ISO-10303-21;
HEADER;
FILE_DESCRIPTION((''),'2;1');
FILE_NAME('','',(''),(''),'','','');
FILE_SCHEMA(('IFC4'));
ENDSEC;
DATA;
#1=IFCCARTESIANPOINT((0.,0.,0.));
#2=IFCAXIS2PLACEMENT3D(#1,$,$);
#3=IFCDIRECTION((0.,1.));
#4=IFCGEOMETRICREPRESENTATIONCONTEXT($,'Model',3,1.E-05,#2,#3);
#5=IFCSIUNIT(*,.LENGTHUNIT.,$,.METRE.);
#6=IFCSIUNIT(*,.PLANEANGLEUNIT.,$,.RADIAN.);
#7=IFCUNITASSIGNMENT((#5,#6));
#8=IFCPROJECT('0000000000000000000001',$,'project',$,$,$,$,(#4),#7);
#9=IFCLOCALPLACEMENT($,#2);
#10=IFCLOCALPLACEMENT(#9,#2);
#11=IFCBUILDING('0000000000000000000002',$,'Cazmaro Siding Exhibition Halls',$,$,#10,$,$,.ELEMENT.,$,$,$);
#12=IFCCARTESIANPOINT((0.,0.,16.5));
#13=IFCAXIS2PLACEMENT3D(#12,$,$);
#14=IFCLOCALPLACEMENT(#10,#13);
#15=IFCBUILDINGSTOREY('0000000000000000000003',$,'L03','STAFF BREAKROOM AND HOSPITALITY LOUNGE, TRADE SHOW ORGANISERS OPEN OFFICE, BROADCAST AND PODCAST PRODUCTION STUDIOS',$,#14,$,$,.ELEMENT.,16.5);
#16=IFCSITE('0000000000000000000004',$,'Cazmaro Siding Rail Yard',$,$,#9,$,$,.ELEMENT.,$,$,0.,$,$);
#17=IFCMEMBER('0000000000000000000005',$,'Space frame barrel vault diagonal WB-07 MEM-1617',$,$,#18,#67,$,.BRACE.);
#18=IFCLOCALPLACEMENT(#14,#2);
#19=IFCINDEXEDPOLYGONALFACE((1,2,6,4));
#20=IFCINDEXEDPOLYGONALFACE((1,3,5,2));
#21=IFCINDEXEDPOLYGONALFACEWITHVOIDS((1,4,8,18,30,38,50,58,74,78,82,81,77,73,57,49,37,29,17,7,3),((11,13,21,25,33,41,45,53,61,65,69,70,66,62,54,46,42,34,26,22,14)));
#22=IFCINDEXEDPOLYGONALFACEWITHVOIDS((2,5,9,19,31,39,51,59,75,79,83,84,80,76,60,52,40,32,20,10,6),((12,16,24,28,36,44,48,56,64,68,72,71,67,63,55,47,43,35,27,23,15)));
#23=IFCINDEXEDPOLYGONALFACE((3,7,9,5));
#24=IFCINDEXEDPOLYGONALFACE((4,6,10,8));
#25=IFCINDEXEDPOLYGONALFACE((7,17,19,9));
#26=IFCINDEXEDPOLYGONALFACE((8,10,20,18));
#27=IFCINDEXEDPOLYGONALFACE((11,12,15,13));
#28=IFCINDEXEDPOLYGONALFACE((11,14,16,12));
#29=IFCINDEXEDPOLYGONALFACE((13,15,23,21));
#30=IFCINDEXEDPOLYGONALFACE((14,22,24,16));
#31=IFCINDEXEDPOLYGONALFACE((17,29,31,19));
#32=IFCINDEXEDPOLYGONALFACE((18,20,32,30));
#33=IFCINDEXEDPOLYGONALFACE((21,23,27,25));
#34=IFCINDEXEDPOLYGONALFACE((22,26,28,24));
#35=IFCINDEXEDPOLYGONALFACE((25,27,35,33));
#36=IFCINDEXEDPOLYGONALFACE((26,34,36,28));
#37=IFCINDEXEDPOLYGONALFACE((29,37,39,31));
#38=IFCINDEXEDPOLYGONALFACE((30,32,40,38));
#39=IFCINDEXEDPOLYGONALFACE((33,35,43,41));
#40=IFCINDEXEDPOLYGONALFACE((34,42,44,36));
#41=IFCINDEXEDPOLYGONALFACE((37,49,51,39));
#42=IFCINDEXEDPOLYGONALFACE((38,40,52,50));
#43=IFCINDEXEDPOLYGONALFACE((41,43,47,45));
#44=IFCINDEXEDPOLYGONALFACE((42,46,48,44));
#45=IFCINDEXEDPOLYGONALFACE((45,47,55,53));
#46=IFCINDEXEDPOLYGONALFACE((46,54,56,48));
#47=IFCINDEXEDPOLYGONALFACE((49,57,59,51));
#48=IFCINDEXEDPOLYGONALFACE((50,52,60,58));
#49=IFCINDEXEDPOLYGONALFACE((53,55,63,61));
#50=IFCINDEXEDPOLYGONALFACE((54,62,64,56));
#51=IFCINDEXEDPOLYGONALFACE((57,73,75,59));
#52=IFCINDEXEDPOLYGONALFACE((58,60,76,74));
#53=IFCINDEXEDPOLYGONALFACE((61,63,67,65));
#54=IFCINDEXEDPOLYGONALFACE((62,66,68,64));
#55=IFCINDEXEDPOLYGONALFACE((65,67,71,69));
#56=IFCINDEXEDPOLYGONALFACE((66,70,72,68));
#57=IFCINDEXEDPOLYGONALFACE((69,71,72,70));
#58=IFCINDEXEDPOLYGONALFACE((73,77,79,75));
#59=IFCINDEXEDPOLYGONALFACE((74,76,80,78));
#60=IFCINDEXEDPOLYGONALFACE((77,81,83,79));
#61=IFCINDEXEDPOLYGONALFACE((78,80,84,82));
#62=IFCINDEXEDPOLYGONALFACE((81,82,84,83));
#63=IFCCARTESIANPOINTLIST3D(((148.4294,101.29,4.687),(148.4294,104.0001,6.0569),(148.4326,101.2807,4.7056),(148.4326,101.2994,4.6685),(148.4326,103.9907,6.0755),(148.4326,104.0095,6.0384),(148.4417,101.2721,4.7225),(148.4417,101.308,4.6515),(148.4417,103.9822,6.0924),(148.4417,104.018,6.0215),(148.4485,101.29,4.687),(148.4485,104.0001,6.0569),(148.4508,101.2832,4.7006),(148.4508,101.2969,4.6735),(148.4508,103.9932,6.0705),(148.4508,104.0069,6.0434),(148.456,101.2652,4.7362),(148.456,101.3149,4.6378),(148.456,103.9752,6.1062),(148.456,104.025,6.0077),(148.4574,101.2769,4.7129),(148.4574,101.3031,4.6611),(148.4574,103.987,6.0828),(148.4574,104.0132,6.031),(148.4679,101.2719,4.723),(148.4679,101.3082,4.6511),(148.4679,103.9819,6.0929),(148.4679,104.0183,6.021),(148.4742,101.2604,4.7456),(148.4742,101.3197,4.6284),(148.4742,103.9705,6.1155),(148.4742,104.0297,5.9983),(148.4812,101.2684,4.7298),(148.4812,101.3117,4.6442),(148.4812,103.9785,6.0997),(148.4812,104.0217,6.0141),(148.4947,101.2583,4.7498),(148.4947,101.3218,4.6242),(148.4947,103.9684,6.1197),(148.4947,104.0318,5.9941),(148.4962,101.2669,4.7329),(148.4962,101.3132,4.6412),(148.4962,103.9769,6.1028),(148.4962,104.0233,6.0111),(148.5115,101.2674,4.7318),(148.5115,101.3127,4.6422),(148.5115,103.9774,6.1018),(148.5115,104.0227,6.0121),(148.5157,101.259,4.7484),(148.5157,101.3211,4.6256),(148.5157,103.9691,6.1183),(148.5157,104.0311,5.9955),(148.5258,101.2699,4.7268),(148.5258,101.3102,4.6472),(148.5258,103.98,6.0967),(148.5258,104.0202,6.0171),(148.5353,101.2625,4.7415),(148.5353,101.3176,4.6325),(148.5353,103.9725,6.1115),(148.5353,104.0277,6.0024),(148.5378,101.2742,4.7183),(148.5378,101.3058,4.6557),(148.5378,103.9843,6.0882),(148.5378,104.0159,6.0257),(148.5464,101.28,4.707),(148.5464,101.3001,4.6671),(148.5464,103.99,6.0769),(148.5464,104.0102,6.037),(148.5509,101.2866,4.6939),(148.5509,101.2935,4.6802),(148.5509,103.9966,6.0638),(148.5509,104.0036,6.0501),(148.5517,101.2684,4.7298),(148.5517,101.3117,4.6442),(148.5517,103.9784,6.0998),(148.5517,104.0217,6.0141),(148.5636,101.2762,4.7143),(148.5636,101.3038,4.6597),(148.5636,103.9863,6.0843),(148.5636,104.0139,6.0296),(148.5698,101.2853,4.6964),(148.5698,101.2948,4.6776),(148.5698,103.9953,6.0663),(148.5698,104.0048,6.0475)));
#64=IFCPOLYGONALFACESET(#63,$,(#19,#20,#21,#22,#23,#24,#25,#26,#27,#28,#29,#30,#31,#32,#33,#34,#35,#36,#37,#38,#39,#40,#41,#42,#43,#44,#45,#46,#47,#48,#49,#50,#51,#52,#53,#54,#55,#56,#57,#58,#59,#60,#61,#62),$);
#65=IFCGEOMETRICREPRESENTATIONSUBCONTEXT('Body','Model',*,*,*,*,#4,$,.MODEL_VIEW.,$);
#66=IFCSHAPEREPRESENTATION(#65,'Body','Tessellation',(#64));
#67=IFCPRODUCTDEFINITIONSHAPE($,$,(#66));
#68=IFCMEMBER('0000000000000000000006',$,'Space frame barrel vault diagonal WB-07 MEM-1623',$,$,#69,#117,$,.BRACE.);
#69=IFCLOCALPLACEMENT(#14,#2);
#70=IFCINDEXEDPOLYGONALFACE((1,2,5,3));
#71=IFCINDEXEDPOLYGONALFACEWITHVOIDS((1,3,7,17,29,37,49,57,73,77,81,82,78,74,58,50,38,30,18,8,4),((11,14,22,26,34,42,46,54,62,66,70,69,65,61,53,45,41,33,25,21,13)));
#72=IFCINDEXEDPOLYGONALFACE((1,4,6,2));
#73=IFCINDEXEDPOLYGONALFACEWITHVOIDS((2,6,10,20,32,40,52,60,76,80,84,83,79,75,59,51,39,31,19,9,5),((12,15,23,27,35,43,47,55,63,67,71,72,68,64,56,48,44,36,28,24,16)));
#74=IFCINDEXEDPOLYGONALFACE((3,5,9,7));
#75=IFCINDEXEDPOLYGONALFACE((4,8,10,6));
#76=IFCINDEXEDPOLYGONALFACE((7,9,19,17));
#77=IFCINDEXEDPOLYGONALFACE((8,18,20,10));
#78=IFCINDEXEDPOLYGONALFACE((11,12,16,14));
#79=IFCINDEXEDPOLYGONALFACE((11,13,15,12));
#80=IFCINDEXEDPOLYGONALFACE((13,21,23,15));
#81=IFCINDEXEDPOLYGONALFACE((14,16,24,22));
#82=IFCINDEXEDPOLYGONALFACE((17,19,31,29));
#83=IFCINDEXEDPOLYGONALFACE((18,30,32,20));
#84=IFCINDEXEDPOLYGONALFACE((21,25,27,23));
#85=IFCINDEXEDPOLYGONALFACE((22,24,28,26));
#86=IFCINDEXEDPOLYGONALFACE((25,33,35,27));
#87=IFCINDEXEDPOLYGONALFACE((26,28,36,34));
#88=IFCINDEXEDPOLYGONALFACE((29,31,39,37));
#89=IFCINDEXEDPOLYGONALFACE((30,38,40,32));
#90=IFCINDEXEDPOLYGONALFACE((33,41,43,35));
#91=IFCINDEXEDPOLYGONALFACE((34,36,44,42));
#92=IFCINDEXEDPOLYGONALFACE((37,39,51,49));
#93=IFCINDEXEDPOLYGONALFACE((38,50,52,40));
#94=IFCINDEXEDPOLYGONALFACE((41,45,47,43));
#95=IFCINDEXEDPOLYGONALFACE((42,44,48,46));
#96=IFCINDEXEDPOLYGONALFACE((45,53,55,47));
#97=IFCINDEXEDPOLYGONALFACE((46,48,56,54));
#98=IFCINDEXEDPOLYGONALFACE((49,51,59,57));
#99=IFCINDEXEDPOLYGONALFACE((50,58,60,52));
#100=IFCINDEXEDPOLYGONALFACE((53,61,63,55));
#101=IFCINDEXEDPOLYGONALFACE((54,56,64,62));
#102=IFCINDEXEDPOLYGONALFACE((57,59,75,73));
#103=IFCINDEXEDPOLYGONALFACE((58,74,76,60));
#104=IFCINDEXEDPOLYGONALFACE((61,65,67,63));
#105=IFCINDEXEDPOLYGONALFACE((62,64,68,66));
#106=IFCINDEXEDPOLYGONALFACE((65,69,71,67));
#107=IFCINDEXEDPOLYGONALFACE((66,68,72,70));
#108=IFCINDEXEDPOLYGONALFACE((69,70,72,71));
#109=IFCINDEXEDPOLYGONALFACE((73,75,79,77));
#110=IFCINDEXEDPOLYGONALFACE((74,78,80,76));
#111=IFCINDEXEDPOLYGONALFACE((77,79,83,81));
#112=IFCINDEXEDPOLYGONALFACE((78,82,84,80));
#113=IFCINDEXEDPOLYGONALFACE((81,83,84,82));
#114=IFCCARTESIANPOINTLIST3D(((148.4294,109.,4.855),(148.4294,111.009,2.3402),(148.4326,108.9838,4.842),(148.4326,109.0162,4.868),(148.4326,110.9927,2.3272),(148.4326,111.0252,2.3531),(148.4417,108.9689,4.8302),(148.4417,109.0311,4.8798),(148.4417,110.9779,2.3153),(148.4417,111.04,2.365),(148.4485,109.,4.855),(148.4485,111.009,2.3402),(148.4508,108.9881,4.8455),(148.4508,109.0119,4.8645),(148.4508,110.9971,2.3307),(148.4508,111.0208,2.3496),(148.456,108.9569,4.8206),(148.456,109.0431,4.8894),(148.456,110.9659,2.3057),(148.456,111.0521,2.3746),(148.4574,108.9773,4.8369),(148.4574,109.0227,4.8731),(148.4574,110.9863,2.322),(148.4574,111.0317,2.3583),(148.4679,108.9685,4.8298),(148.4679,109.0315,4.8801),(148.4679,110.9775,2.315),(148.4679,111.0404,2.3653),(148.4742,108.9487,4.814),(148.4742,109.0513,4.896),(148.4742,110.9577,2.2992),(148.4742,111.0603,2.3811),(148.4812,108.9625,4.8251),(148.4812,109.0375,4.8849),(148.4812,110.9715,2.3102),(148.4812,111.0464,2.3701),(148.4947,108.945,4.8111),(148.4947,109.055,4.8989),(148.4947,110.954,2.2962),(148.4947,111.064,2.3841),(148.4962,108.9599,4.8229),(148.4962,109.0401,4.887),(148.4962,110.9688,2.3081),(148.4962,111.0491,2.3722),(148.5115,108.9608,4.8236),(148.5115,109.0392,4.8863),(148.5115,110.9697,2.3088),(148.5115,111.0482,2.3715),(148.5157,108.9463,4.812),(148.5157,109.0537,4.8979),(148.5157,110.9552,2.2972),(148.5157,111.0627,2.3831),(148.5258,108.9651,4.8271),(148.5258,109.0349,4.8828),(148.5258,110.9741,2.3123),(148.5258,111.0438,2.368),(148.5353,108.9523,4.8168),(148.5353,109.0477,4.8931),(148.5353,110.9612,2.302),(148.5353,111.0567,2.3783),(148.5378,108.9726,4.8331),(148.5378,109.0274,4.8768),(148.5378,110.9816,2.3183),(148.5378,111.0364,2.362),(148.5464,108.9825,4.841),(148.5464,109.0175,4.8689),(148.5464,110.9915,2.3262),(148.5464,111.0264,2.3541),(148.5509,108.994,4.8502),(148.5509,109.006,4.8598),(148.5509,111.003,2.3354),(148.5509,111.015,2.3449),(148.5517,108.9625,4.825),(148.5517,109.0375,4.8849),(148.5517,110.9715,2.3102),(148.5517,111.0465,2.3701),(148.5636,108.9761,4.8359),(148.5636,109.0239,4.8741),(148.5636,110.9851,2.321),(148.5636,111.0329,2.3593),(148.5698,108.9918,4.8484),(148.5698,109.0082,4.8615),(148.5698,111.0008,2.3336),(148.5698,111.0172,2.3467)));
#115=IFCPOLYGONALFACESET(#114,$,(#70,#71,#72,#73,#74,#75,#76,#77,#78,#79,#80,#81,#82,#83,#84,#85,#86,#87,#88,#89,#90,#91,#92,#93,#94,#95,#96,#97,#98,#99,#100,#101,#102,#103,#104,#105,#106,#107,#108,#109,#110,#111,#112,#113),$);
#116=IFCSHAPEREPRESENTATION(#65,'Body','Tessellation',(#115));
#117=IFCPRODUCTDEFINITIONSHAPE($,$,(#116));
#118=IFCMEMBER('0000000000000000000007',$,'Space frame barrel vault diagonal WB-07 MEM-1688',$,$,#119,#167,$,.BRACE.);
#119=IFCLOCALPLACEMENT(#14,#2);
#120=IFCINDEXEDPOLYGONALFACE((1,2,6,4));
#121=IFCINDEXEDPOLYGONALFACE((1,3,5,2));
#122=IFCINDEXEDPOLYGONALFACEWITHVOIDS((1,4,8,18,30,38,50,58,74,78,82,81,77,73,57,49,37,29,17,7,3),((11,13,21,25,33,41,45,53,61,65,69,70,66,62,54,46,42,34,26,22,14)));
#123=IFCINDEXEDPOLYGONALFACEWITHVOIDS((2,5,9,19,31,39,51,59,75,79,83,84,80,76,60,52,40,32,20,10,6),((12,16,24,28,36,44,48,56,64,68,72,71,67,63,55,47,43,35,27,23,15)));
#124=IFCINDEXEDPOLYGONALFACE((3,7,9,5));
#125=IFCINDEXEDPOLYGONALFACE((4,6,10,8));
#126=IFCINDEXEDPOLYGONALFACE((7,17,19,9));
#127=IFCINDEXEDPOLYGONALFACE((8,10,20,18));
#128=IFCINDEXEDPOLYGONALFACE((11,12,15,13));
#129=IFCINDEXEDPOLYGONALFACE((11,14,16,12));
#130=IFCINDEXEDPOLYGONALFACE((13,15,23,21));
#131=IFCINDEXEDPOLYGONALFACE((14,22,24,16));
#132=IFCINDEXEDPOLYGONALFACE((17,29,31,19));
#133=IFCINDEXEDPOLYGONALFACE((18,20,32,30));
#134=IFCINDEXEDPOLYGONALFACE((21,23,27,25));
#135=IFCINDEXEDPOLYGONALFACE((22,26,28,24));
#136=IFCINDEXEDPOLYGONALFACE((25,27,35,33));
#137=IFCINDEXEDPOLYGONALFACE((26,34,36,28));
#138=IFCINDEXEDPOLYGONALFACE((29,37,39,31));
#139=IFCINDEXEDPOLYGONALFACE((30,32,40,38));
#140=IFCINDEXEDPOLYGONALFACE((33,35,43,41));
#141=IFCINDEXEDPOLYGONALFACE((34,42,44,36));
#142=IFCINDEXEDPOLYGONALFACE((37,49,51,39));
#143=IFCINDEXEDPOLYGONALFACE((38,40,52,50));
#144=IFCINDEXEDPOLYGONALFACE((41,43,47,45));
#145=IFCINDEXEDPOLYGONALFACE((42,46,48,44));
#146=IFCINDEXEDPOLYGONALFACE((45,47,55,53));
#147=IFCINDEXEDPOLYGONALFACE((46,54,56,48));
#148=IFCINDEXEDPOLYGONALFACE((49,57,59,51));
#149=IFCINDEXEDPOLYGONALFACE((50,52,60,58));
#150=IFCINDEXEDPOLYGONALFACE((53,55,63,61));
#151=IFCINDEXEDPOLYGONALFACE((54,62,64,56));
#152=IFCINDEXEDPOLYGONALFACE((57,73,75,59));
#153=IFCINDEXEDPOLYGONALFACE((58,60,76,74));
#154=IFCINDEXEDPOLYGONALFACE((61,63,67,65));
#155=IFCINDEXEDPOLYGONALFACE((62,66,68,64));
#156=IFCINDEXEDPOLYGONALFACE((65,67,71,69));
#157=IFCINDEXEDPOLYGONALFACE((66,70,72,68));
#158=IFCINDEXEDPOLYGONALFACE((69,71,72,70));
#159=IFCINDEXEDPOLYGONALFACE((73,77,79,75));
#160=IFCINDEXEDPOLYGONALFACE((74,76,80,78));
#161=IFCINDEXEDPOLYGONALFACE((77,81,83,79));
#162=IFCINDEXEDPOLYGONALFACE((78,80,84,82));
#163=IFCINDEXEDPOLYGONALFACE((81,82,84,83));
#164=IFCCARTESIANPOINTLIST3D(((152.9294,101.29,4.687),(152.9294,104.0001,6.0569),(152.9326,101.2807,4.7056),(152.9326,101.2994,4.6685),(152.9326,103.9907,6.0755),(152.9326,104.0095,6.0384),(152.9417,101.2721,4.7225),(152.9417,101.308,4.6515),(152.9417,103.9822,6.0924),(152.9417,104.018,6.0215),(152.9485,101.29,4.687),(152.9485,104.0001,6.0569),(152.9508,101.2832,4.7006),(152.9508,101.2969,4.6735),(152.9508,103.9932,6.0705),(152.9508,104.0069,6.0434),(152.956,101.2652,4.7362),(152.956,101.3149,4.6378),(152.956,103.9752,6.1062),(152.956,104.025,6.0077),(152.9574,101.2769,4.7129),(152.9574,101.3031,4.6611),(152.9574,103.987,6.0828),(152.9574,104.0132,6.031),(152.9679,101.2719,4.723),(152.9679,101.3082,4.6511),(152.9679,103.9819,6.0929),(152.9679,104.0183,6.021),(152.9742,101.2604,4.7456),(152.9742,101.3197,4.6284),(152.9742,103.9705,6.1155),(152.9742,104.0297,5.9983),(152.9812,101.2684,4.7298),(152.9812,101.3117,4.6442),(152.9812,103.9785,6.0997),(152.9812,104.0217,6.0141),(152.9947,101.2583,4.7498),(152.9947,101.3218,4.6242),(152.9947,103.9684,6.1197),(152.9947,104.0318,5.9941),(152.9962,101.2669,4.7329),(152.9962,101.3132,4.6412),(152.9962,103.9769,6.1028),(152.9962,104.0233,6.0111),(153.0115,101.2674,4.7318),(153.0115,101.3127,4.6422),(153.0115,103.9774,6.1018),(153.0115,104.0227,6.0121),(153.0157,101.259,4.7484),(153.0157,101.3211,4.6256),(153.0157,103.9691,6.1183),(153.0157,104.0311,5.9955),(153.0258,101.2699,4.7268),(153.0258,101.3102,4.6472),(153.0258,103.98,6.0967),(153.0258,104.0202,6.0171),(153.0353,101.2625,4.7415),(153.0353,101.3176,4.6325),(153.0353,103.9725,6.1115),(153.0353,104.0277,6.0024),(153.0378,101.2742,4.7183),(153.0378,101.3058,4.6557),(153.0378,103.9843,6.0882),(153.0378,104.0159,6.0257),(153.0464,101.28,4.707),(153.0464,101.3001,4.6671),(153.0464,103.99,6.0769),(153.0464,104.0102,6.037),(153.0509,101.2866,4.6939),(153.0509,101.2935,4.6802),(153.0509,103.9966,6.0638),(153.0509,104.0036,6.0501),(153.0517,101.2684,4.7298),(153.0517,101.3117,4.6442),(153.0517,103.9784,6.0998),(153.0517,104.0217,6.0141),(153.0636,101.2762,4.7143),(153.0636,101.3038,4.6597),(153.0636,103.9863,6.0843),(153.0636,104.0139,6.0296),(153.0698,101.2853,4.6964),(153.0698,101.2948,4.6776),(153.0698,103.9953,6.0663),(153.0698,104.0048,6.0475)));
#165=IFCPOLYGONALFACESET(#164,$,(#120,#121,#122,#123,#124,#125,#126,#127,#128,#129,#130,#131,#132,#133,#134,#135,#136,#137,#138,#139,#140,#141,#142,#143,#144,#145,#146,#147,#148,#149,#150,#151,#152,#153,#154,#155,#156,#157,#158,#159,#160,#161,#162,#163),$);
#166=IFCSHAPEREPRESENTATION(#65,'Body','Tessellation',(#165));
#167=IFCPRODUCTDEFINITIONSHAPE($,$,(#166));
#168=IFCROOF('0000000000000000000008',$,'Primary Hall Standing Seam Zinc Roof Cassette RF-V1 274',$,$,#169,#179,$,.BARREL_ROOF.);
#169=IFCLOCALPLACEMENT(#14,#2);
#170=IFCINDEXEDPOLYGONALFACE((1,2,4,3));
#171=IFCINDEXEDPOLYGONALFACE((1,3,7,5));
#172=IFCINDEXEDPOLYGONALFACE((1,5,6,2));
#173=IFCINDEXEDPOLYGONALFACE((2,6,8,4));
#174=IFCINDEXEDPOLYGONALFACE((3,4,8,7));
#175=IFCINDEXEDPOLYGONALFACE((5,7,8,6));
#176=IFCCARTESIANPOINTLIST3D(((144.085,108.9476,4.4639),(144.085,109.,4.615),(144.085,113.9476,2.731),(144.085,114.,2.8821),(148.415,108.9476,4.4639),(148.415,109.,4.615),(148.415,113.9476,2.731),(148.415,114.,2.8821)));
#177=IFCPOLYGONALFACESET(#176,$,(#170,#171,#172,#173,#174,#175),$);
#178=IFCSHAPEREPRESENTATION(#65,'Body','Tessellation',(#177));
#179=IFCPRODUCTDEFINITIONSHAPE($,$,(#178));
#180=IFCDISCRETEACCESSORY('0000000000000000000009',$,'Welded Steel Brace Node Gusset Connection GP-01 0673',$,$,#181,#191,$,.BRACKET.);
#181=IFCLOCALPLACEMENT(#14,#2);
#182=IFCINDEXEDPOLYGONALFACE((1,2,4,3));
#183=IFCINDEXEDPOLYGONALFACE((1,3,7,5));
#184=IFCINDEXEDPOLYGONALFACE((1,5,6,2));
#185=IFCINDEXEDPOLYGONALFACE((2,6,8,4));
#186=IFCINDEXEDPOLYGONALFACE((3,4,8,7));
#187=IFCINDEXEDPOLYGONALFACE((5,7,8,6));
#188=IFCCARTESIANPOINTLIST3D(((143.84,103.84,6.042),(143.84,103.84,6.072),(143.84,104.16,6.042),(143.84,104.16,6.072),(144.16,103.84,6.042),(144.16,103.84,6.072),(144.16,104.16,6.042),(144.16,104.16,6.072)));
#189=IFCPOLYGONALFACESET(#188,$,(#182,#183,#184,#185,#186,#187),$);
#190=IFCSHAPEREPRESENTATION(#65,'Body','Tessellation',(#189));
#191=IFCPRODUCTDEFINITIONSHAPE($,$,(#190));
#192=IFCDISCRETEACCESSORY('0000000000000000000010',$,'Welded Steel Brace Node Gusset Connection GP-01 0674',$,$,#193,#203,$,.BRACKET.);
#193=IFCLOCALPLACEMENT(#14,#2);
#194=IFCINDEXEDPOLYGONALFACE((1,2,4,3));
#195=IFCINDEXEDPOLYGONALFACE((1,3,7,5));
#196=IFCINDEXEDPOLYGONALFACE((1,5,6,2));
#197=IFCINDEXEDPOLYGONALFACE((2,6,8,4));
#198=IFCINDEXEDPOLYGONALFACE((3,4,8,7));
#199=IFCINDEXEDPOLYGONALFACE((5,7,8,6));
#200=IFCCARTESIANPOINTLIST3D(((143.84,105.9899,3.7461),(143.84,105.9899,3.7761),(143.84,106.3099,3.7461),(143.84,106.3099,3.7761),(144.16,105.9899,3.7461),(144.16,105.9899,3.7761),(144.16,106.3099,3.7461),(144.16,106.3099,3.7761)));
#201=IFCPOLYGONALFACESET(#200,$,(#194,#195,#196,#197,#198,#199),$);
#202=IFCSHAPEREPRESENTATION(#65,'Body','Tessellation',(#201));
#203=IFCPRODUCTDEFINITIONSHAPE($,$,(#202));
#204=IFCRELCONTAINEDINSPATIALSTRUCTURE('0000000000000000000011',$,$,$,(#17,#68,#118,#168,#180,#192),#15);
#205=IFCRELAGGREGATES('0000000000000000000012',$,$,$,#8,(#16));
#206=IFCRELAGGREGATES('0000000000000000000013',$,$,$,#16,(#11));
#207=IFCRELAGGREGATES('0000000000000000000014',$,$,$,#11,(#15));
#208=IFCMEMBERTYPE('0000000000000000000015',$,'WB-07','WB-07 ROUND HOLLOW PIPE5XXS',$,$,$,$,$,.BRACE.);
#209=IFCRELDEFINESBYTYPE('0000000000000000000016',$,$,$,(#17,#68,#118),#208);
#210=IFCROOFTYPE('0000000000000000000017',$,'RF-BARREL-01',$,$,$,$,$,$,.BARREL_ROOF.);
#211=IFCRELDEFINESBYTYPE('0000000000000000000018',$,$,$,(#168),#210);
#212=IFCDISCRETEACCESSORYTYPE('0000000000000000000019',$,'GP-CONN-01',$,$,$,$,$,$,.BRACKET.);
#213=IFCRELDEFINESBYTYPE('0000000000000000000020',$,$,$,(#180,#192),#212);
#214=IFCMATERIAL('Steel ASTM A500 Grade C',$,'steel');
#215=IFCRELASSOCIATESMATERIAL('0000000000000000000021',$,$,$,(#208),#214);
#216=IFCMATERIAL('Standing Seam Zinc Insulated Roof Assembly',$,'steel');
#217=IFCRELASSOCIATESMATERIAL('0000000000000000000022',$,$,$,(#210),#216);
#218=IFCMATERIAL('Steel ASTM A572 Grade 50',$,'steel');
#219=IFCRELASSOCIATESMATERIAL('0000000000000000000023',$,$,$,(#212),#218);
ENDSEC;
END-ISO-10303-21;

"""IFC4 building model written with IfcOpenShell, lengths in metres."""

from ifc_helpers import new_model, si_unit, direction, frame, origin, origin_2d, place, context, subcontext, project, spatial, polyline, rectangle, hollow_circle, outline, extrude, material, material_profile, profile_set, type_object, element, save


model = new_model("IFC4")

# Units and contexts
model_context = context("Model", 3, precision=1e-05, world=origin(), true_north=direction((0.0, 1.0)))
body_context = subcontext(model_context, "Body", "Model", "MODEL_VIEW")
ifc_project = project(units=[si_unit("LENGTHUNIT", "METRE"), si_unit("PLANEANGLEUNIT", "RADIAN")], contexts=[model_context])

# Site, building, storey
site_placement = place(None, origin())
site = spatial("IfcSite", under=ifc_project, at=site_placement, Name="Cazmaro Siding Rail Yard", CompositionType="ELEMENT", RefElevation=0.0)
building_placement = place(site_placement, origin())
building = spatial("IfcBuilding", under=site, at=building_placement, Name="Cazmaro Siding Exhibition Halls", CompositionType="ELEMENT")
storey_placement = place(building_placement, frame((0.0, 0.0, 16.5)))
storey = spatial("IfcBuildingStorey", under=building, at=storey_placement, Name="L03", Description="STAFF BREAKROOM AND HOSPITALITY LOUNGE, TRADE SHOW ORGANISERS OPEN OFFICE, BROADCAST AND PODCAST PRODUCTION STUDIOS", CompositionType="ELEMENT", Elevation=16.5)

# Members
ifc_material_1 = material(Name="Steel ASTM A500 Grade C", Category="steel")
ifc_material_profile_1 = material_profile(ifc_material_1, hollow_circle(Radius=0.0706, WallThickness=0.019, at=origin_2d()), Name="PIPE5XXS")
ifc_profile_set_1 = profile_set([ifc_material_profile_1], Name="Steel ASTM A500 Grade C")
member_type_1 = type_object("IfcMemberType", Name="WB-07", Description="WB-07 ROUND HOLLOW PIPE5XXS", PredefinedType="BRACE", material=ifc_profile_set_1)
member_1_placement = place(storey_placement, frame((148.5, 101.29, 4.687), z_axis=(0.0, 0.892457, 0.451133), x_axis=(-1.0, 0.0, 0.0)))
element("IfcMember", 1, at=member_1_placement, inside=storey, type_object=member_type_1, Name="Space frame barrel vault diagonal WB-07 MEM-1617", PredefinedType="BRACE", context=body_context, shape_type="SweptSolid", body=[
    extrude(hollow_circle(Radius=0.0706, WallThickness=0.019, at=origin_2d()), origin(), (0.0, 0.0, 1.0), 3.0366),
])
member_2_placement = place(storey_placement, frame((148.5, 109.0, 4.855), z_axis=(0.0, 0.624149, -0.781305), x_axis=(-1.0, 0.0, 0.0)))
element("IfcMember", 2, at=member_2_placement, inside=storey, type_object=member_type_1, Name="Space frame barrel vault diagonal WB-07 MEM-1623", PredefinedType="BRACE", context=body_context, shape_type="SweptSolid", body=[
    extrude(hollow_circle(Radius=0.0706, WallThickness=0.019, at=origin_2d()), origin(), (0.0, 0.0, 1.0), 3.2188),
])
member_3_placement = place(storey_placement, frame((153.0, 101.29, 4.687), z_axis=(0.0, 0.892457, 0.451133), x_axis=(-1.0, 0.0, 0.0)))
element("IfcMember", 3, at=member_3_placement, inside=storey, type_object=member_type_1, Name="Space frame barrel vault diagonal WB-07 MEM-1688", PredefinedType="BRACE", context=body_context, shape_type="SweptSolid", body=[
    extrude(hollow_circle(Radius=0.0706, WallThickness=0.019, at=origin_2d()), origin(), (0.0, 0.0, 1.0), 3.0366),
])

# Roof
ifc_material_2 = material(Name="Standing Seam Zinc Insulated Roof Assembly", Category="steel")
roof_type = type_object("IfcRoofType", Name="RF-BARREL-01", PredefinedType="BARREL_ROOF", material=ifc_material_2)
roof_placement = place(storey_placement, frame((144.085, 109.0, 4.615), z_axis=(0.0, 0.327472, 0.944861), x_axis=(1.0, 0.0, 0.0)))
element("IfcRoof", 4, at=roof_placement, inside=storey, type_object=roof_type, Name="Primary Hall Standing Seam Zinc Roof Cassette RF-V1 274", PredefinedType="BARREL_ROOF", context=body_context, shape_type="SweptSolid", body=[
    extrude(outline(polyline([(0.0, 0.0), (4.3301, 0.0), (4.3301, 5.2918), (0.0, 5.2918), (0.0, 0.0)])), origin(), (0.0, 0.0, -1.0), 0.1599),
])

# Discrete accessories
ifc_material_3 = material(Name="Steel ASTM A572 Grade 50", Category="steel")
discrete_accessory_type = type_object("IfcDiscreteAccessoryType", Name="GP-CONN-01", PredefinedType="BRACKET", material=ifc_material_3)
for number, where, z_axis, x_axis, name in (
    (5, (144.0, 104.0, 6.042), (0.0, 0.0, 1.0), (1.0, 0.0, 0.0), "Welded Steel Brace Node Gusset Connection GP-01 0673"),
    (6, (144.0, 106.1499, 3.7461), (0.0, 0.0, 1.0), (1.0, 0.0, 0.0), "Welded Steel Brace Node Gusset Connection GP-01 0674"),
):
    element("IfcDiscreteAccessory", number, at=place(storey_placement, frame(where, z_axis=z_axis, x_axis=x_axis)), inside=storey, type_object=discrete_accessory_type, Name=name, PredefinedType="BRACKET", context=body_context, shape_type="SweptSolid", body=[
        extrude(rectangle(XDim=0.3201, YDim=0.3201, at=origin_2d()), origin(), (0.0, 0.0, 1.0), 0.03),
    ])

save(model, "model.ifc")
